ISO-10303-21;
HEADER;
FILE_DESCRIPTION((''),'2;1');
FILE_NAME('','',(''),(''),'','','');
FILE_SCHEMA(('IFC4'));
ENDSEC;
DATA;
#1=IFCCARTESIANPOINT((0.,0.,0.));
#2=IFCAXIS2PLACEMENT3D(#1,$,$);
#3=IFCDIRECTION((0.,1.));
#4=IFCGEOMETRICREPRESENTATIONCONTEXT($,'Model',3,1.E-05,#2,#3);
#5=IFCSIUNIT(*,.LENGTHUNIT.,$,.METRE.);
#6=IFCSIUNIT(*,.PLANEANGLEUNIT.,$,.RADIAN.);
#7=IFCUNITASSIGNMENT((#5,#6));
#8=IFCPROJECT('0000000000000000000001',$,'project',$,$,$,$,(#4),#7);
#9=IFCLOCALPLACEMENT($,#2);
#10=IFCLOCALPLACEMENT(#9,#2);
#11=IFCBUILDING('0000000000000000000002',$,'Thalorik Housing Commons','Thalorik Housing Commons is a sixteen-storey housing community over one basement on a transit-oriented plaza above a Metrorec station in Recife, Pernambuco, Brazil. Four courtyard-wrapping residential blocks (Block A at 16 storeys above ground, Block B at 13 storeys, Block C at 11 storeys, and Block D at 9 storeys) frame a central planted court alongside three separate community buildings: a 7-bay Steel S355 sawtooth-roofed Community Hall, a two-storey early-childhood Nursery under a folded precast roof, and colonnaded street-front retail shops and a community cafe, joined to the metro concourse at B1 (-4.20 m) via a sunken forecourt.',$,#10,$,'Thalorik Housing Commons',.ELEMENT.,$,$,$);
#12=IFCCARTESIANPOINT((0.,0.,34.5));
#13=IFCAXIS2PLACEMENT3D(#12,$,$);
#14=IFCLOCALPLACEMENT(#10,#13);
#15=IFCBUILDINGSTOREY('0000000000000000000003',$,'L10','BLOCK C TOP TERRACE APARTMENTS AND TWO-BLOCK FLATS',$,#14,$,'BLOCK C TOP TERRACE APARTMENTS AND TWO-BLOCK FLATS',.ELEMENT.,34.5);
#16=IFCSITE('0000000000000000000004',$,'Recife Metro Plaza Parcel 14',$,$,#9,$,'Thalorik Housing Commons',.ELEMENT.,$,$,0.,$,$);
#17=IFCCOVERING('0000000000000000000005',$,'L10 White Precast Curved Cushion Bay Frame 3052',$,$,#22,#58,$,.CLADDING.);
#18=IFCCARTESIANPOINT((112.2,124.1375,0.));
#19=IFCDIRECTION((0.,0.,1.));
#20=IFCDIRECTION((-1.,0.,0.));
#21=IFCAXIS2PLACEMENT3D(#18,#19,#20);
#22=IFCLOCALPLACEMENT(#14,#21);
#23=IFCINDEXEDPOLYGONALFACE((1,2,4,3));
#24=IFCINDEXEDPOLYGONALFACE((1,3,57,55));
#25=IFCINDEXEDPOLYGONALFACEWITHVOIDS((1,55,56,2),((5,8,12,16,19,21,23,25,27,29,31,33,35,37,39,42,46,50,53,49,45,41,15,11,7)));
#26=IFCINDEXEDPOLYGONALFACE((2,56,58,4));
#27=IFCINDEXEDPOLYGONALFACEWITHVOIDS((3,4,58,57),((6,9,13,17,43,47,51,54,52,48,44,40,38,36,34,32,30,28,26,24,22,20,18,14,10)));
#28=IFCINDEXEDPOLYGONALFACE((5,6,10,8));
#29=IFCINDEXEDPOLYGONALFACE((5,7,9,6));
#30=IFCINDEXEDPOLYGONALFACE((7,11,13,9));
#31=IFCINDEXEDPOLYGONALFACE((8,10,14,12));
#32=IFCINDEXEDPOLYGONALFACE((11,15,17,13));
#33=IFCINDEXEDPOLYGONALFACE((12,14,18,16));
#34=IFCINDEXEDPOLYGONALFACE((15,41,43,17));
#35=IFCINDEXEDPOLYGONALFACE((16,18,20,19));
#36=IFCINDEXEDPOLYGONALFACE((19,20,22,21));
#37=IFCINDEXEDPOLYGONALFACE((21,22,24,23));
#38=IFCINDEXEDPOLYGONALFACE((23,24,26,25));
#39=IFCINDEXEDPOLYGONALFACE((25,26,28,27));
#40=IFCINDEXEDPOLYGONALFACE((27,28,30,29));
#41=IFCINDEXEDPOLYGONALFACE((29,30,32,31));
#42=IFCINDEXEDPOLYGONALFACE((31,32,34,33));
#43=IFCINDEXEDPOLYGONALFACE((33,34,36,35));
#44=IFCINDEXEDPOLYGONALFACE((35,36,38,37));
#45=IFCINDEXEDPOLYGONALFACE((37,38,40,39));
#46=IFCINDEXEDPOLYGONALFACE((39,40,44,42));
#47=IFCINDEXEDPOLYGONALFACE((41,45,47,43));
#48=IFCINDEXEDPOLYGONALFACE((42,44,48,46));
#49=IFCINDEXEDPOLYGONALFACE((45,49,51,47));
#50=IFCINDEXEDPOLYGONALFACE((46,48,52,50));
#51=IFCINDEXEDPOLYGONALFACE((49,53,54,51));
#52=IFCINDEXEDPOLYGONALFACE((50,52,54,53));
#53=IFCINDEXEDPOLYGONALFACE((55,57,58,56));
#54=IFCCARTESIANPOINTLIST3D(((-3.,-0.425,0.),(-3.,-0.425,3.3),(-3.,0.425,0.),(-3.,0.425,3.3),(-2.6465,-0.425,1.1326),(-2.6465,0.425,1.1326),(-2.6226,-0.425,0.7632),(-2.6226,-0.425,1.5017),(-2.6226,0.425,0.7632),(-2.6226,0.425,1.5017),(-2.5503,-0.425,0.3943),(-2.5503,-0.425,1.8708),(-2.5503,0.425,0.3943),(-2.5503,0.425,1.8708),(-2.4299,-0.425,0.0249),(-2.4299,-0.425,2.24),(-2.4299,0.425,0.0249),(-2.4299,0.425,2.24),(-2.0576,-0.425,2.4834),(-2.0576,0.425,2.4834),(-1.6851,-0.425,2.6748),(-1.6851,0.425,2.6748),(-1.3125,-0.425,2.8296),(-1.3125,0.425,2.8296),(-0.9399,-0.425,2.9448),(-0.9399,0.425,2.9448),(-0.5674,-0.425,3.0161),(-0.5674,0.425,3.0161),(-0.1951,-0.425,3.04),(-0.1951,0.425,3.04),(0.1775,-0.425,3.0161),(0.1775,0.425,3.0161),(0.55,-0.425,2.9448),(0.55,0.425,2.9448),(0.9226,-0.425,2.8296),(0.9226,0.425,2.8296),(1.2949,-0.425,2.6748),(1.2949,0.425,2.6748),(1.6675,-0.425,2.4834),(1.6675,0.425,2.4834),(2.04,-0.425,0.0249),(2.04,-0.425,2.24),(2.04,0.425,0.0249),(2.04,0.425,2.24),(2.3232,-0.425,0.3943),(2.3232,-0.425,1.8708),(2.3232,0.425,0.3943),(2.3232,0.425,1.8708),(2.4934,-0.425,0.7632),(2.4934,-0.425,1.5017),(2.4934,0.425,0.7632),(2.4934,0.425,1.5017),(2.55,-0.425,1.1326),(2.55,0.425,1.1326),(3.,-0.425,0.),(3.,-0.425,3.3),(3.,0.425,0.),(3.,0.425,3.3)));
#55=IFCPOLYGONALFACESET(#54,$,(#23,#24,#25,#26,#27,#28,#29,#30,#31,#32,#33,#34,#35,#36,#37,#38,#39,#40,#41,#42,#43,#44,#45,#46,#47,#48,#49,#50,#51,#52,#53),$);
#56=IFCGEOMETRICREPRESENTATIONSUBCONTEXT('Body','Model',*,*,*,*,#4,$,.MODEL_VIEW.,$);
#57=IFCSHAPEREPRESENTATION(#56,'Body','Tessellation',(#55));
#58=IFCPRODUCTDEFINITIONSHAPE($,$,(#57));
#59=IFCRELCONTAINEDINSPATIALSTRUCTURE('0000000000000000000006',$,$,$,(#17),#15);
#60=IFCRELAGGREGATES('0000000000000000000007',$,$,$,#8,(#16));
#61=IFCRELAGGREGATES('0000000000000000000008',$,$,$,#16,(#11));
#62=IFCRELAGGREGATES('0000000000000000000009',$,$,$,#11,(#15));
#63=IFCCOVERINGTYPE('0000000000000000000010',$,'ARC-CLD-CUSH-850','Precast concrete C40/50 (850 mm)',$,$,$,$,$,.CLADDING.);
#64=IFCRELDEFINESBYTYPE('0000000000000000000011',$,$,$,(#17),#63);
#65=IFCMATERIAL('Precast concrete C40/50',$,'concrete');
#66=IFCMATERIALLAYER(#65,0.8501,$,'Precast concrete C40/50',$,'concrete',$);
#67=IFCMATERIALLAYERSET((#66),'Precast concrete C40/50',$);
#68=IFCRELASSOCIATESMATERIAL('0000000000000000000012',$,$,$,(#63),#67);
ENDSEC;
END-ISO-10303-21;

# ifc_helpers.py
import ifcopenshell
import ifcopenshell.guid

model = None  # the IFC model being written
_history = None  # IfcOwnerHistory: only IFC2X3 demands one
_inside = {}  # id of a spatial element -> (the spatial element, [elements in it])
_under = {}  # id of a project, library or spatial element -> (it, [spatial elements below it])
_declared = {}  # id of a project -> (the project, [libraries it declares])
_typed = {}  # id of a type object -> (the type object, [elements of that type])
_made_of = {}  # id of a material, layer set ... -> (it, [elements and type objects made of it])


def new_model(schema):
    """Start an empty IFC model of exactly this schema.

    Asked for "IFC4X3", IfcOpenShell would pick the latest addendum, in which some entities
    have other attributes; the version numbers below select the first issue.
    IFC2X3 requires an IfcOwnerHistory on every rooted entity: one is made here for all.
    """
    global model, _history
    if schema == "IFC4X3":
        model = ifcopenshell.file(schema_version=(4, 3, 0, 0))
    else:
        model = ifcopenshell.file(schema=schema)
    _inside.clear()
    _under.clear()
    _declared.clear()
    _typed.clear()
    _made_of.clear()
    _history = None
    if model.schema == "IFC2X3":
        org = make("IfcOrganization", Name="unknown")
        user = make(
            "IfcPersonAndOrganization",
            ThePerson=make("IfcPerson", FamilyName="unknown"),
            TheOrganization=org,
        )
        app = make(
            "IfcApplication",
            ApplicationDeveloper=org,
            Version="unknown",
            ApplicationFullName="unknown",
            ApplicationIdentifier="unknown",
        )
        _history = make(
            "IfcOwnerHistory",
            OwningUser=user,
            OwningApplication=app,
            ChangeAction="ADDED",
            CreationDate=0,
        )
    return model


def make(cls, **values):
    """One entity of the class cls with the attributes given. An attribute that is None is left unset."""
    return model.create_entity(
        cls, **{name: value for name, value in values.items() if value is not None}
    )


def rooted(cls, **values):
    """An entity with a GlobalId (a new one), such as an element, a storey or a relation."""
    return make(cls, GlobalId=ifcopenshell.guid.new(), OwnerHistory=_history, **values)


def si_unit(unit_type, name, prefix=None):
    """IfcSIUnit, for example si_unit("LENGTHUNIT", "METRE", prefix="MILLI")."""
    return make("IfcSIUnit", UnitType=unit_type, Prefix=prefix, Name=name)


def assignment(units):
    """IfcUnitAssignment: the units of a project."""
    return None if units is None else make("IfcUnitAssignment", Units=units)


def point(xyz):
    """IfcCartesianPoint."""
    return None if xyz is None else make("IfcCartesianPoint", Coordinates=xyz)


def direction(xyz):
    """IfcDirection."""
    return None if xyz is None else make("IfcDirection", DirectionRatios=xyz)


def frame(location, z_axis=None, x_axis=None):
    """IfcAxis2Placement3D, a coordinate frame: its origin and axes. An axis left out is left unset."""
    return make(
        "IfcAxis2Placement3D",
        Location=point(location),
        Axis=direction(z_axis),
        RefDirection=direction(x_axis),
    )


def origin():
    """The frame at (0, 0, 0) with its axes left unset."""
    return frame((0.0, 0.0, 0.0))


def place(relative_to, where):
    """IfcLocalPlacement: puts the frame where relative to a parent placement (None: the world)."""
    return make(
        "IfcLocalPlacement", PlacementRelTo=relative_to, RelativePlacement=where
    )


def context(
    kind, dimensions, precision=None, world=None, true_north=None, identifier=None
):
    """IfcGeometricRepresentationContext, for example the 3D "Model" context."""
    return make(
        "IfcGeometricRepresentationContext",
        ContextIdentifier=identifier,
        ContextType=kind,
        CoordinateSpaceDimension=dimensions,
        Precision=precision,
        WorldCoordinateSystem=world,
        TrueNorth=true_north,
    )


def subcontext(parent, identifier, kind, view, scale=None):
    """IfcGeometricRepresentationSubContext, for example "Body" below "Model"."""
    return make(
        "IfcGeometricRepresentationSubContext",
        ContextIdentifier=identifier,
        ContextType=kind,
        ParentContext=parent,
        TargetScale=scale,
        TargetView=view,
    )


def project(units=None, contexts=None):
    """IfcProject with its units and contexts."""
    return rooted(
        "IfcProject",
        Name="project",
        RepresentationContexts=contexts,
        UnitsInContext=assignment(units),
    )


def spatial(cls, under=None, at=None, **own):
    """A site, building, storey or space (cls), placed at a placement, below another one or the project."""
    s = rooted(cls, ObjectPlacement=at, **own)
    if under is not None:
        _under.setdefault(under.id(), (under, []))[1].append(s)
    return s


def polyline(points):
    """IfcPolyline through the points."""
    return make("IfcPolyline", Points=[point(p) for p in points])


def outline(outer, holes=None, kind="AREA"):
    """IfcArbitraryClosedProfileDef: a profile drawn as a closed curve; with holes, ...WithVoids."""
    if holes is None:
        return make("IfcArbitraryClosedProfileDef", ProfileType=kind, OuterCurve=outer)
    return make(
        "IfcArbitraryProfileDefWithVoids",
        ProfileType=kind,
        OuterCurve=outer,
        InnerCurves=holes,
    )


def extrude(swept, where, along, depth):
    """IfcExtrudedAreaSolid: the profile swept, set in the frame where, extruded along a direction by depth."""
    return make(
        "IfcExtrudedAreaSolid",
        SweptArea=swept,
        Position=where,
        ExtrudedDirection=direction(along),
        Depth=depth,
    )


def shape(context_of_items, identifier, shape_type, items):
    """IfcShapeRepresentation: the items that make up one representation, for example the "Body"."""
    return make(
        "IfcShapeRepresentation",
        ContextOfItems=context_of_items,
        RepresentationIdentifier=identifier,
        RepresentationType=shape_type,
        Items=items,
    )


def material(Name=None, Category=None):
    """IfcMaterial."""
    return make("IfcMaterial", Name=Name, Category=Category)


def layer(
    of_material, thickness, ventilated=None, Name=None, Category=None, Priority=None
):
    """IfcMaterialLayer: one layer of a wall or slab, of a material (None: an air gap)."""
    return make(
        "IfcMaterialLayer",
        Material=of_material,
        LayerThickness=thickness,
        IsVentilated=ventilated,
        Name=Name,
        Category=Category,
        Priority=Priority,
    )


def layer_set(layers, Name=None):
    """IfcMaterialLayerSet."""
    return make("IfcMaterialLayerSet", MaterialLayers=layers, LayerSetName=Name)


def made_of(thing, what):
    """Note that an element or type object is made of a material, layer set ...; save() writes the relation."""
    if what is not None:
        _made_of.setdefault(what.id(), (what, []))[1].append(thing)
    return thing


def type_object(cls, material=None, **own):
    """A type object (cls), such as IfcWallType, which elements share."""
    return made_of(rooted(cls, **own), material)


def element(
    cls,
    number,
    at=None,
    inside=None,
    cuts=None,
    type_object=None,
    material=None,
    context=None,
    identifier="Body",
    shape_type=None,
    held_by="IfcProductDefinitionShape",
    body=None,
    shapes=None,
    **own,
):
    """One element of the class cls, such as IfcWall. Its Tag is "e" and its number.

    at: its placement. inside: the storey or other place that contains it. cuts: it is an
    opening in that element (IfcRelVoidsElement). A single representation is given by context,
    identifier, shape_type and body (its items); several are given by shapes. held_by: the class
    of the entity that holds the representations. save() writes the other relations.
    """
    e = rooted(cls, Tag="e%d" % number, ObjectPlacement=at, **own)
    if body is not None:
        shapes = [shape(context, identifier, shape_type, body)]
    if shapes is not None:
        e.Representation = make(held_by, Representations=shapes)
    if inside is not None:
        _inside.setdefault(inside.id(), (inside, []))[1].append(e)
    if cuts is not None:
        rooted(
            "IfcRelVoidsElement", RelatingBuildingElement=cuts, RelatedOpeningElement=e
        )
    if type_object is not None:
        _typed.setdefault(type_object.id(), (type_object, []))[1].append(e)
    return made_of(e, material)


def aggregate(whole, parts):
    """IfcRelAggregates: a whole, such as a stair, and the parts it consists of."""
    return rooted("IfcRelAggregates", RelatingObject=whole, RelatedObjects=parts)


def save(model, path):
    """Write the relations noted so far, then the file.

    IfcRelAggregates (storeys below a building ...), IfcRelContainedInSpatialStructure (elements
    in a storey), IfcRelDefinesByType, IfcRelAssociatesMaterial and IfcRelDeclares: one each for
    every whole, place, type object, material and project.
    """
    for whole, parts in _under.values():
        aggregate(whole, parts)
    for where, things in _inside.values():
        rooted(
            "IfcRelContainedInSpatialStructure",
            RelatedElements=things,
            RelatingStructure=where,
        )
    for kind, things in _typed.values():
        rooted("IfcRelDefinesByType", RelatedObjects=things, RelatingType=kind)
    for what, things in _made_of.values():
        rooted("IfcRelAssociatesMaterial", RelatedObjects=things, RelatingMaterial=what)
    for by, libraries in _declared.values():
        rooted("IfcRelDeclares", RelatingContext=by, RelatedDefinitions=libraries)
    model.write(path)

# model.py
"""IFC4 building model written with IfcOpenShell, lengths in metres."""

from ifc_helpers import new_model, si_unit, direction, frame, origin, place, context, subcontext, project, spatial, polyline, outline, extrude, material, layer, layer_set, type_object, element, save


model = new_model("IFC4")

# Units and contexts
model_context = context("Model", 3, precision=1e-05, world=origin(), true_north=direction((0.0, 1.0)))
body_context = subcontext(model_context, "Body", "Model", "MODEL_VIEW")
ifc_project = project(units=[si_unit("LENGTHUNIT", "METRE"), si_unit("PLANEANGLEUNIT", "RADIAN")], contexts=[model_context])

# Site, building, storey
site_placement = place(None, origin())
site = spatial("IfcSite", under=ifc_project, at=site_placement, Name="Recife Metro Plaza Parcel 14", LongName="Thalorik Housing Commons", CompositionType="ELEMENT", RefElevation=0.0)
building_placement = place(site_placement, origin())
building = spatial("IfcBuilding", under=site, at=building_placement, Name="Thalorik Housing Commons", Description="Thalorik Housing Commons is a sixteen-storey housing community over one basement on a transit-oriented plaza above a Metrorec station in Recife, Pernambuco, Brazil. Four courtyard-wrapping residential blocks (Block A at 16 storeys above ground, Block B at 13 storeys, Block C at 11 storeys, and Block D at 9 storeys) frame a central planted court alongside three separate community buildings: a 7-bay Steel S355 sawtooth-roofed Community Hall, a two-storey early-childhood Nursery under a folded precast roof, and colonnaded street-front retail shops and a community cafe, joined to the metro concourse at B1 (-4.20 m) via a sunken forecourt.", LongName="Thalorik Housing Commons", CompositionType="ELEMENT")
storey_placement = place(building_placement, frame((0.0, 0.0, 34.5)))
storey = spatial("IfcBuildingStorey", under=building, at=storey_placement, Name="L10", Description="BLOCK C TOP TERRACE APARTMENTS AND TWO-BLOCK FLATS", LongName="BLOCK C TOP TERRACE APARTMENTS AND TWO-BLOCK FLATS", CompositionType="ELEMENT", Elevation=34.5)

# Shared definitions
ifc_material_1 = material(Name="Precast concrete C40/50", Category="concrete")

# Covering
ifc_layer_1 = layer(ifc_material_1, 0.8501, Name="Precast concrete C40/50", Category="concrete")
ifc_layer_set_1 = layer_set([ifc_layer_1], Name="Precast concrete C40/50")
covering_type_1 = type_object("IfcCoveringType", Name="ARC-CLD-CUSH-850", Description="Precast concrete C40/50 (850 mm)", PredefinedType="CLADDING", material=ifc_layer_set_1)
covering_1_placement = place(storey_placement, frame((112.2, 124.1375, 0.0), z_axis=(0.0, 0.0, 1.0), x_axis=(-1.0, 0.0, 0.0)))
element("IfcCovering", 1, at=covering_1_placement, inside=storey, type_object=covering_type_1, Name="L10 White Precast Curved Cushion Bay Frame 3052", PredefinedType="CLADDING", context=body_context, shape_type="SweptSolid", body=[
    extrude(outline(polyline([(-3.0, 0.0), (3.0, 0.0), (3.0, 3.3), (-3.0, 3.3), (-3.0, 0.0)]), holes=[polyline([(2.04, 0.0249), (2.3232, 0.3943), (2.4934, 0.7632), (2.55, 1.1326), (2.4934, 1.5017), (2.3232, 1.8708), (2.04, 2.24), (1.6675, 2.4834), (1.2949, 2.6748), (0.9226, 2.8296), (0.55, 2.9448), (0.1775, 3.0161), (-0.1951, 3.04), (-0.5674, 3.0161), (-0.9399, 2.9448), (-1.3125, 2.8296), (-1.6851, 2.6748), (-2.0576, 2.4834), (-2.4299, 2.24), (-2.5503, 1.8708), (-2.6226, 1.5017), (-2.6465, 1.1326), (-2.6226, 0.7632), (-2.5503, 0.3943), (-2.4299, 0.0249), (2.04, 0.0249)])]), frame((0.0, 0.425, 0.0), z_axis=(0.0, -1.0, 0.0), x_axis=(1.0, 0.0, 0.0)), (0.0, 0.0, 1.0), 0.8501),
])

save(model, "model.ifc")
